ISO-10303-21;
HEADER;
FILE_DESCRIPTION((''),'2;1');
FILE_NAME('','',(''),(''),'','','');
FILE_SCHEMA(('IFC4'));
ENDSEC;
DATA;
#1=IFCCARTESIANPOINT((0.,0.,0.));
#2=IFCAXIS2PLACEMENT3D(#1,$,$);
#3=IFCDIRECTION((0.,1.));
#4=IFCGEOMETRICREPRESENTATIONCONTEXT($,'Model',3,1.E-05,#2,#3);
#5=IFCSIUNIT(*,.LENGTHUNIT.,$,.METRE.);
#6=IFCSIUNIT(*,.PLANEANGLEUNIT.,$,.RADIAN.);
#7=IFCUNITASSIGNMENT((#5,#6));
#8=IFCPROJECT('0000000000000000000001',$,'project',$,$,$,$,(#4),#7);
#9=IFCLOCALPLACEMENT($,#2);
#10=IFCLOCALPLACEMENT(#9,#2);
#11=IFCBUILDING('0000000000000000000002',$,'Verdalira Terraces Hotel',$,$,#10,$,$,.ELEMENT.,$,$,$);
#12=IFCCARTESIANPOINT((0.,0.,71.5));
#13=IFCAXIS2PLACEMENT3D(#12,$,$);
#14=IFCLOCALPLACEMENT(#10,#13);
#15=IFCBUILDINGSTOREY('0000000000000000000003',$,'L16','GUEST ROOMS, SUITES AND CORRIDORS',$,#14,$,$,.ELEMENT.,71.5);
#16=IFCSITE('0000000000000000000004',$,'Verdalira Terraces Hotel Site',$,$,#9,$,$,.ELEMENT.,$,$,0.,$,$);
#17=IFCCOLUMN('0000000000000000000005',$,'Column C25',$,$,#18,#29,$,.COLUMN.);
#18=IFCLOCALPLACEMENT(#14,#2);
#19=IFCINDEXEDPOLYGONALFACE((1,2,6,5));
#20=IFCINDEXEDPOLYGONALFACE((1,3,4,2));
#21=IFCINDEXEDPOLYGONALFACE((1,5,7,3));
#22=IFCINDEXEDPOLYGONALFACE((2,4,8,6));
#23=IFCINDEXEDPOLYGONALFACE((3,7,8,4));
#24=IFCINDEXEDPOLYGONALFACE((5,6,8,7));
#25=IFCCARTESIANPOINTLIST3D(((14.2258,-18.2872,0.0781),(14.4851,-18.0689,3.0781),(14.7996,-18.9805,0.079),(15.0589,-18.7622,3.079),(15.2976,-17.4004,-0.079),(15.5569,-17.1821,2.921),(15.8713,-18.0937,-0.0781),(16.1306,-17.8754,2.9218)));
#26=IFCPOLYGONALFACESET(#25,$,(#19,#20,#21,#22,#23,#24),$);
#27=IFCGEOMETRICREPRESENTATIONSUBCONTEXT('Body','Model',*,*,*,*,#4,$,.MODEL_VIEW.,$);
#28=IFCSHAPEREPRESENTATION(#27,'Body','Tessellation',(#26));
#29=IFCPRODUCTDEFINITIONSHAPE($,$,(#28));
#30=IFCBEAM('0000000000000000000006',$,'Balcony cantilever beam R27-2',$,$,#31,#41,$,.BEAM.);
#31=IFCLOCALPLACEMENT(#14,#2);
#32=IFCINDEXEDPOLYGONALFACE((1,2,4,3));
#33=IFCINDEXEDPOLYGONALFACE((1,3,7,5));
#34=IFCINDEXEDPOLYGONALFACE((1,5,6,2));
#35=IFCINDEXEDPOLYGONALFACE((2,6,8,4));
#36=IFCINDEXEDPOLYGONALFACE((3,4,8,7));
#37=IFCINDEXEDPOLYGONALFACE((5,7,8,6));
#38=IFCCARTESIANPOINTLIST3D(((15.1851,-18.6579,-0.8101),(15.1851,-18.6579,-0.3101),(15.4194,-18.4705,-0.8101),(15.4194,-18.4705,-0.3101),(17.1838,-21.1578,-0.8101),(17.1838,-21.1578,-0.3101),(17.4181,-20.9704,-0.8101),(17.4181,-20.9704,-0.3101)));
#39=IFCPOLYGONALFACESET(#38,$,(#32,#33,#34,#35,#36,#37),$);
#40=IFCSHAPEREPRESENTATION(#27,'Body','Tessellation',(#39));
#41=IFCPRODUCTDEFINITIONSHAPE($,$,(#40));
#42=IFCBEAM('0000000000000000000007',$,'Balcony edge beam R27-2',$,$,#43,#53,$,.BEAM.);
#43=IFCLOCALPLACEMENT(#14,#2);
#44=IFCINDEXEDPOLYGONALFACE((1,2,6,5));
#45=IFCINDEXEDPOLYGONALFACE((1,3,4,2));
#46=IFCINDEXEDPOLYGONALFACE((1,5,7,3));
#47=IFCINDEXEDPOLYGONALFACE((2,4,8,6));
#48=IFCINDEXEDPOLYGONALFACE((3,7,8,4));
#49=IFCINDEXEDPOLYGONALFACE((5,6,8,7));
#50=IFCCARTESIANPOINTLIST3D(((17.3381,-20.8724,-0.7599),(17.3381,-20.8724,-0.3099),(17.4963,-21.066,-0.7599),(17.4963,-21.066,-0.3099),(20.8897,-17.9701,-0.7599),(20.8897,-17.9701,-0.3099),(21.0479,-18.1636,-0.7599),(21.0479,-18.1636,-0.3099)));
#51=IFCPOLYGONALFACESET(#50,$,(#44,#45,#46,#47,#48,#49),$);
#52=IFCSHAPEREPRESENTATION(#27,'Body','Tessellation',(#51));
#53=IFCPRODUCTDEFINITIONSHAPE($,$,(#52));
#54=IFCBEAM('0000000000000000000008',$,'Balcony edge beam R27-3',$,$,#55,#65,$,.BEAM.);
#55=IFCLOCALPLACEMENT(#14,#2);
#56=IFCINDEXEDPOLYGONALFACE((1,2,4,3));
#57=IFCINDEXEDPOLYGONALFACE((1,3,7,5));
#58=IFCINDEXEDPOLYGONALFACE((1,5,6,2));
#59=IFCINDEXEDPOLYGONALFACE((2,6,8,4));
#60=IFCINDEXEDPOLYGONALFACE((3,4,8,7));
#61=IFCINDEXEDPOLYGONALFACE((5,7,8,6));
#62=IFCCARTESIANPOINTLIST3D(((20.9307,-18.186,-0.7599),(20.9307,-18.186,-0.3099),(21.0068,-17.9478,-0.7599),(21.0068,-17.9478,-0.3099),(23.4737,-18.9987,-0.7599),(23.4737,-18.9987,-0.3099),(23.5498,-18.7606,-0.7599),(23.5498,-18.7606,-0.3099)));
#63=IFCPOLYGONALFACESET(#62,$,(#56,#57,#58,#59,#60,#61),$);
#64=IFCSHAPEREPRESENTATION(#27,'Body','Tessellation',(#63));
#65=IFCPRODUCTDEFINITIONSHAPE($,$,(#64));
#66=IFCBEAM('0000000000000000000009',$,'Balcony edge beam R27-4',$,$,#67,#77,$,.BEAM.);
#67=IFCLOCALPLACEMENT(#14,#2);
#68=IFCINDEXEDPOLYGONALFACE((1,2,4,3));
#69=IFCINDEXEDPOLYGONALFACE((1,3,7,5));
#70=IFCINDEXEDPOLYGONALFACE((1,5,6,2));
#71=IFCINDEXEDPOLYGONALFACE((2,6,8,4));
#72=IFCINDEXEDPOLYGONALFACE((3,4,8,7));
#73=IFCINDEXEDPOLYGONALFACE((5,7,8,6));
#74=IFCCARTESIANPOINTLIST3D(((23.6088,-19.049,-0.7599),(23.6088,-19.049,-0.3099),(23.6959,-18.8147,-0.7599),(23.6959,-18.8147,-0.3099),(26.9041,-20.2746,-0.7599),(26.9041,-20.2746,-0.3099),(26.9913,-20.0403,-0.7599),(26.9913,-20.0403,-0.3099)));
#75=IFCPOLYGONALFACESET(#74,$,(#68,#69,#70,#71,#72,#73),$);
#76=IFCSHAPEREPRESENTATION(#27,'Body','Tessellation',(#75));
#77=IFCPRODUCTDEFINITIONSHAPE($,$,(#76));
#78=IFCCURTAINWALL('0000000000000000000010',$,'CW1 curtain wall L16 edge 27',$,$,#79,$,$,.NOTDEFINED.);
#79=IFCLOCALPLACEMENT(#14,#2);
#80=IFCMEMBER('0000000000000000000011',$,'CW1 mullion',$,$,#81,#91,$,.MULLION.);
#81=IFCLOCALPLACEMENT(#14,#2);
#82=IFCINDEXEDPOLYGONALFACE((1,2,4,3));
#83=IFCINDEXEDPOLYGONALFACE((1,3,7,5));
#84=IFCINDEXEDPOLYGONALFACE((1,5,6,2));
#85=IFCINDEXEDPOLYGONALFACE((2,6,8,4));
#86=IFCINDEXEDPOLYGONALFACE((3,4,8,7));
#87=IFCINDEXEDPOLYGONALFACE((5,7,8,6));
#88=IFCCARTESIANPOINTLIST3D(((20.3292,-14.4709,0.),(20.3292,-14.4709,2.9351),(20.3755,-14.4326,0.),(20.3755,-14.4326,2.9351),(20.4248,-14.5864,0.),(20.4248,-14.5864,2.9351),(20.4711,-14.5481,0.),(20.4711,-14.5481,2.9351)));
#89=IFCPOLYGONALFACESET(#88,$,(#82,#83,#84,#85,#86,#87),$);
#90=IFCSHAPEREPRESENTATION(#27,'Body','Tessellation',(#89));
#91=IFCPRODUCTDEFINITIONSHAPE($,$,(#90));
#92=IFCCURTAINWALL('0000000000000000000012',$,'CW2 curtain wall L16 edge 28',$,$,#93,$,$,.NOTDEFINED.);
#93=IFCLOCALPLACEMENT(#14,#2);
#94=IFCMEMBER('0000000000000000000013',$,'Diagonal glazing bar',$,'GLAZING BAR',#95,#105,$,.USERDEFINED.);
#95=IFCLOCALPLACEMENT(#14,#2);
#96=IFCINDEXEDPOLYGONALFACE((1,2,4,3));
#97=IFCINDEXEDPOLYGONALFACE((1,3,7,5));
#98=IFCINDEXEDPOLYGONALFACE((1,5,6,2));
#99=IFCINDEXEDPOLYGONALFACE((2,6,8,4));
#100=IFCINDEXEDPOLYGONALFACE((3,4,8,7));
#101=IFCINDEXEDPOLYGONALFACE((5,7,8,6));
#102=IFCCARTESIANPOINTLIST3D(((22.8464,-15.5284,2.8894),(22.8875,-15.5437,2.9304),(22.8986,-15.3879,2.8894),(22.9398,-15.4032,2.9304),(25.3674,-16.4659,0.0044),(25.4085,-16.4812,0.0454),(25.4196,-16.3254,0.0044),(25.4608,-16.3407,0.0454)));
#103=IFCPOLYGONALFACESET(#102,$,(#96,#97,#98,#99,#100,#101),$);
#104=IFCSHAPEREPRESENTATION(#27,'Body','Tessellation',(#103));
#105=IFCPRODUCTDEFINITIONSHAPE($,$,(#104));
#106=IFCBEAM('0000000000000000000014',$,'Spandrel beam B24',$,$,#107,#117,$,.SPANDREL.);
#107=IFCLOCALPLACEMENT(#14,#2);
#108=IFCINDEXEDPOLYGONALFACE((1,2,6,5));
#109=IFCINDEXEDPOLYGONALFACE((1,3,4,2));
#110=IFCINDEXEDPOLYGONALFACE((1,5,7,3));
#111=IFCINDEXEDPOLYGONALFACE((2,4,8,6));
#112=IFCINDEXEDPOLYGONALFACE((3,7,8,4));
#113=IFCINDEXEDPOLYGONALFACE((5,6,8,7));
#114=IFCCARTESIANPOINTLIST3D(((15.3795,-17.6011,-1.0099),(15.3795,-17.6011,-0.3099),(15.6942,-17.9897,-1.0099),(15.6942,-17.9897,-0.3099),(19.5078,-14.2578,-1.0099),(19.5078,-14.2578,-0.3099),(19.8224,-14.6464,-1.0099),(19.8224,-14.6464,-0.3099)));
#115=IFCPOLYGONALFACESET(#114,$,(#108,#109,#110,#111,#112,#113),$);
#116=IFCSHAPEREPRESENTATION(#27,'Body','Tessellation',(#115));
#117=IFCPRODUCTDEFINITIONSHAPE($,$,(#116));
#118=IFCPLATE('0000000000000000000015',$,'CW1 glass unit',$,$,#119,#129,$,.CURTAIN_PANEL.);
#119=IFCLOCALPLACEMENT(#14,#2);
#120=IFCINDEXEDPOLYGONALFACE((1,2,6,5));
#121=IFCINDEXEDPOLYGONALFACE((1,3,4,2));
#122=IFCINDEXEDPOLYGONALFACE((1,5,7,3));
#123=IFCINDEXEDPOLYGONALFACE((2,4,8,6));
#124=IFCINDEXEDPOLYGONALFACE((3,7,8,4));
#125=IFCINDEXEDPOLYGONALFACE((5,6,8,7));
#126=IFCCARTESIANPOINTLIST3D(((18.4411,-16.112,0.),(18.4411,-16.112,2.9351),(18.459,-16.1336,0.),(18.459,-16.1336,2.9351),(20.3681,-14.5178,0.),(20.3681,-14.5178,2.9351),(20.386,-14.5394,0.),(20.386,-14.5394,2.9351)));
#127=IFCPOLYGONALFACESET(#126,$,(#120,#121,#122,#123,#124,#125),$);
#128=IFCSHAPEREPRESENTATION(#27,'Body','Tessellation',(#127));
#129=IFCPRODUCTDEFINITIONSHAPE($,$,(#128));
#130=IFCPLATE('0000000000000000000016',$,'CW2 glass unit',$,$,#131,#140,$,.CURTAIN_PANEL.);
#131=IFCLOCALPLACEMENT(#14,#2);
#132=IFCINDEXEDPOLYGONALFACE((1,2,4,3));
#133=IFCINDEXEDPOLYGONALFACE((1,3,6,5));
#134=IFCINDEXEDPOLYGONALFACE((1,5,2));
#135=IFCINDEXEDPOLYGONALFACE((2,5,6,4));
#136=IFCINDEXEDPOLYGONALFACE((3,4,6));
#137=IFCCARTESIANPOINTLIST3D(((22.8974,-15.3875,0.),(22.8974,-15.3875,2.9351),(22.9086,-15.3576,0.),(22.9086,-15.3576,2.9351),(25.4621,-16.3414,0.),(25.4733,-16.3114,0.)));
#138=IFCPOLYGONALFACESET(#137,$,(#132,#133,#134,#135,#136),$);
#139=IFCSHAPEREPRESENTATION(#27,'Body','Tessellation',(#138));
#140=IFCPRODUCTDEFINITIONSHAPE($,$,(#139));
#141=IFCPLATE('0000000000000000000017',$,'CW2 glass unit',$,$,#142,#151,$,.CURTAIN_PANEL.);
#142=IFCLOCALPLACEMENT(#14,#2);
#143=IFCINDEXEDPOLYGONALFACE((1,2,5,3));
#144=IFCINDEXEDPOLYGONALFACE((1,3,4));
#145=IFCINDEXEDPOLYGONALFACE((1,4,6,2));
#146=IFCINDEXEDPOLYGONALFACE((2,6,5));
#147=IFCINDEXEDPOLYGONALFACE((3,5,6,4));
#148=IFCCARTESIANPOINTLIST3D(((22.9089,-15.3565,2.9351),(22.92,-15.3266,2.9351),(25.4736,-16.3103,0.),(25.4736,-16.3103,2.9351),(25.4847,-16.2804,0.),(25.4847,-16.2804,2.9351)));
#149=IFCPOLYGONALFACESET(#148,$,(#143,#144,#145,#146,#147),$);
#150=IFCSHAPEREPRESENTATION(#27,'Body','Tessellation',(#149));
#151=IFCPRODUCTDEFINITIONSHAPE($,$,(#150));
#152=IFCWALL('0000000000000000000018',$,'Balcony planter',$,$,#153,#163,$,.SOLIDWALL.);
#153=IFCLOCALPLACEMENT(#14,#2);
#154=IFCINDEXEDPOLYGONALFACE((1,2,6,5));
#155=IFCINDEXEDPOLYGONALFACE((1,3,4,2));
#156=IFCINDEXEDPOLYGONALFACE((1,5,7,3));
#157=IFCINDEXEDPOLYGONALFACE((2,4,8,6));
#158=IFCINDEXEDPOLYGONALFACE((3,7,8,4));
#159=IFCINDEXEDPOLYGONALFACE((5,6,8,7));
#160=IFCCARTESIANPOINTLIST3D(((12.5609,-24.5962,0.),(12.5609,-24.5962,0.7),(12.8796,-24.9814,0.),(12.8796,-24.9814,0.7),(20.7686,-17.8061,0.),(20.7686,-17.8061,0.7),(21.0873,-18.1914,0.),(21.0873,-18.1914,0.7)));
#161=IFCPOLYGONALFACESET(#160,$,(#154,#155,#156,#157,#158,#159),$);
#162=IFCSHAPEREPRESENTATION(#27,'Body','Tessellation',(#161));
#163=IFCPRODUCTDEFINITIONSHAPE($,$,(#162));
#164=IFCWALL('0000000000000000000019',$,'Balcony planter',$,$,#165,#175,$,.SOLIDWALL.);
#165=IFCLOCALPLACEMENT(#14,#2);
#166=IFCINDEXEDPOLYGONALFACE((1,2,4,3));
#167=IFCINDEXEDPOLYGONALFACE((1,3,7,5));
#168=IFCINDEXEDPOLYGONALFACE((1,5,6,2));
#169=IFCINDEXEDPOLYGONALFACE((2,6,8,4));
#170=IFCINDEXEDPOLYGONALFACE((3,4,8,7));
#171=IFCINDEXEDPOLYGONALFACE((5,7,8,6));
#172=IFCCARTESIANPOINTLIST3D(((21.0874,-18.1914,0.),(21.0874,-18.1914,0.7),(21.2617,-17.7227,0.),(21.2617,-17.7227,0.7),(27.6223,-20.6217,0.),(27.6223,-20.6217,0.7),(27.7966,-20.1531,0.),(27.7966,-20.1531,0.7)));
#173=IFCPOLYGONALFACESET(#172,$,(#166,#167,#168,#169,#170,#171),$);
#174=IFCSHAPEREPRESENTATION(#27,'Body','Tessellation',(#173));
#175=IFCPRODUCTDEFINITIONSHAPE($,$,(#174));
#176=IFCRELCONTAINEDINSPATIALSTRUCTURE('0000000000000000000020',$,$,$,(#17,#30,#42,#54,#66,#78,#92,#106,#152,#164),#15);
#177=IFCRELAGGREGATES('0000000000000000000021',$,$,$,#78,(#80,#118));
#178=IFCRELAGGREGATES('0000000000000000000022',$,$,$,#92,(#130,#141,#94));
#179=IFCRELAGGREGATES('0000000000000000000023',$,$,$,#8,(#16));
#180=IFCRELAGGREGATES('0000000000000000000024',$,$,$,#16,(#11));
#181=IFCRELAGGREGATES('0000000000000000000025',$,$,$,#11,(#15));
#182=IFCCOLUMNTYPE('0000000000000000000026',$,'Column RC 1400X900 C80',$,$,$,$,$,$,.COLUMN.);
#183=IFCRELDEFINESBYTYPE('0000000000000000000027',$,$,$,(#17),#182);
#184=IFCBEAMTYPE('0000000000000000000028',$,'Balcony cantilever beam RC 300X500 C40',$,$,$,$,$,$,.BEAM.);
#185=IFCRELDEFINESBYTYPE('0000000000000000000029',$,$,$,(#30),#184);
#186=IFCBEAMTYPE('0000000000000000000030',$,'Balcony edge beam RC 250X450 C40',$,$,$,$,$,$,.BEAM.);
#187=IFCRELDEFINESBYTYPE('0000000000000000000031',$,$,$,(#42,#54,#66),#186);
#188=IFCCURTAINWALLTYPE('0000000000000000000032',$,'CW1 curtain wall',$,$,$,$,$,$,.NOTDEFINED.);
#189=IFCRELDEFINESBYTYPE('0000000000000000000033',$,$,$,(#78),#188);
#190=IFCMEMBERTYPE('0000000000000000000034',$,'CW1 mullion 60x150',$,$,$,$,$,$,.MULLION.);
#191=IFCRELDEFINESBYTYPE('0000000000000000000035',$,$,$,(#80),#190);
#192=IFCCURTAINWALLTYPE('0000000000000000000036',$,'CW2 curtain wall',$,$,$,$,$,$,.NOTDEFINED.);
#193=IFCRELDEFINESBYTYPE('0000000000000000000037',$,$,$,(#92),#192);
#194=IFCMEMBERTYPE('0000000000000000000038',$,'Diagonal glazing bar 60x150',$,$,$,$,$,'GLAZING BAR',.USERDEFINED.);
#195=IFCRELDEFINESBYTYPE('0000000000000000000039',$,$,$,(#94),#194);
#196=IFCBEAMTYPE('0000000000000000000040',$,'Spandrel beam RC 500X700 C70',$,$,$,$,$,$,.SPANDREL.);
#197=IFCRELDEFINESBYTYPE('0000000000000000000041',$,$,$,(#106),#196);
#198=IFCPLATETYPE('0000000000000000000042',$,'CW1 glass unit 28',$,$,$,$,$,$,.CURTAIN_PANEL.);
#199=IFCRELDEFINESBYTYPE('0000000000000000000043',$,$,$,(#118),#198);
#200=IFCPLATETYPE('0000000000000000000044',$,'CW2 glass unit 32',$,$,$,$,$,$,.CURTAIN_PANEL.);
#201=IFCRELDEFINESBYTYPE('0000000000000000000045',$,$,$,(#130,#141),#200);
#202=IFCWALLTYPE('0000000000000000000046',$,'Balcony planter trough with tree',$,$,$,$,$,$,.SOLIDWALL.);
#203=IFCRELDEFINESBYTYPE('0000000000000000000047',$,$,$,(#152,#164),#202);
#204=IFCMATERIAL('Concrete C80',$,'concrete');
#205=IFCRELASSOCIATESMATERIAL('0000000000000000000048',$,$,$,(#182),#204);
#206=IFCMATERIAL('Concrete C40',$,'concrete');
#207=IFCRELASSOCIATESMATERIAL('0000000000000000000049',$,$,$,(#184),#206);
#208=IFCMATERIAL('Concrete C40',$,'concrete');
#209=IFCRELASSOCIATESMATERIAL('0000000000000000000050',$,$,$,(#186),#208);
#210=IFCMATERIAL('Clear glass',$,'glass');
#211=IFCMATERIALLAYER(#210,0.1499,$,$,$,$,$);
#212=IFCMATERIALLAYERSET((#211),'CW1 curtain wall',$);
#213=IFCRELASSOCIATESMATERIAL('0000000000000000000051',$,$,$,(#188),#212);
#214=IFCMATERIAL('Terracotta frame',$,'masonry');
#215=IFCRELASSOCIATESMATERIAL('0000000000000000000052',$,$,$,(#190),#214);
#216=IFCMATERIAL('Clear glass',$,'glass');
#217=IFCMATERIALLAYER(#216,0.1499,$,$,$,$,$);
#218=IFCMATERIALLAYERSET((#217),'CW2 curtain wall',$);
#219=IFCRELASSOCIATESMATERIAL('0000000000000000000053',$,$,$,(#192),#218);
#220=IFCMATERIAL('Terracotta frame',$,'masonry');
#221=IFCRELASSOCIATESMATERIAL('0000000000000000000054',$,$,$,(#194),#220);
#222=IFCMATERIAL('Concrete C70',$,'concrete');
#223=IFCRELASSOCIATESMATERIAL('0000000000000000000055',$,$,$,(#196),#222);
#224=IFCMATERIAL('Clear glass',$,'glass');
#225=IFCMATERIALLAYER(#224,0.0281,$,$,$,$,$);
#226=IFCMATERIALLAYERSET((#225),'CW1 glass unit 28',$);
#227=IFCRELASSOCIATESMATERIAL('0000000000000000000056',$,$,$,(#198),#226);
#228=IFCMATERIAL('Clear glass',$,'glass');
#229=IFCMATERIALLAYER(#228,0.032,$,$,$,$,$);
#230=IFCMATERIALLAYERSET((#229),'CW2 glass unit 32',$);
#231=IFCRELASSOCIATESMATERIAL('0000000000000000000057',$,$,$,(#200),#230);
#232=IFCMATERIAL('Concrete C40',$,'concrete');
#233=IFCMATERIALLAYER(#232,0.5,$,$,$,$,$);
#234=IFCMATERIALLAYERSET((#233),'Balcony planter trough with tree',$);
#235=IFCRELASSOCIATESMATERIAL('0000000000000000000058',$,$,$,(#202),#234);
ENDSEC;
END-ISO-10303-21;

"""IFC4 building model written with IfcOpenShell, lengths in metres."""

from ifc_helpers import new_model, si_unit, direction, frame, frame_2d, origin, origin_2d, place, context, subcontext, project, spatial, polyline, rectangle, outline, extrude, material, layer, layer_set, material_profile, profile_set, type_object, element, aggregate, save


model = new_model("IFC4")

# Units and contexts
model_context = context("Model", 3, precision=1e-05, world=origin(), true_north=direction((0.0, 1.0)))
body_context = subcontext(model_context, "Body", "Model", "MODEL_VIEW")
ifc_project = project(units=[si_unit("LENGTHUNIT", "METRE"), si_unit("PLANEANGLEUNIT", "RADIAN")], contexts=[model_context])

# Site, building, storey
site_placement = place(None, origin())
site = spatial("IfcSite", under=ifc_project, at=site_placement, Name="Verdalira Terraces Hotel Site", CompositionType="ELEMENT", RefElevation=0.0)
building_placement = place(site_placement, origin())
building = spatial("IfcBuilding", under=site, at=building_placement, Name="Verdalira Terraces Hotel", CompositionType="ELEMENT")
storey_placement = place(building_placement, frame((0.0, 0.0, 71.5)))
storey = spatial("IfcBuildingStorey", under=building, at=storey_placement, Name="L16", Description="GUEST ROOMS, SUITES AND CORRIDORS", CompositionType="ELEMENT", Elevation=71.5)

# Column
ifc_material_1 = material(Name="Concrete C80", Category="concrete")
ifc_material_profile_1 = material_profile(ifc_material_1, rectangle(XDim=1.3999, YDim=0.8999, at=origin_2d()), Name="RC 1400X900")
ifc_profile_set_1 = profile_set([ifc_material_profile_1], Name="Concrete C80")
column_type = type_object("IfcColumnType", Name="Column RC 1400X900 C80", PredefinedType="COLUMN", material=ifc_profile_set_1)
column_placement = place(storey_placement, frame((15.0486, -18.1904, 0.0), z_axis=(0.085879, 0.072294, 0.993679), x_axis=(0.765591, 0.633459, -0.112253)))
element("IfcColumn", 1, at=column_placement, inside=storey, type_object=column_type, Name="Column C25", PredefinedType="COLUMN", context=body_context, shape_type="SweptSolid", body=[
    extrude(rectangle(XDim=1.3999, YDim=0.8999, at=origin_2d()), origin(), (0.0, 0.0, 1.0), 3.019),
])

# Beams
ifc_material_2 = material(Name="Concrete C40", Category="concrete")
ifc_material_profile_2 = material_profile(ifc_material_2, rectangle(XDim=0.3, YDim=0.5, at=origin_2d()), Name="RC 300X500")
ifc_profile_set_2 = profile_set([ifc_material_profile_2], Name="Concrete C40")
beam_type_1 = type_object("IfcBeamType", Name="Balcony cantilever beam RC 300X500 C40", PredefinedType="BEAM", material=ifc_profile_set_2)
beam_1_placement = place(storey_placement, frame((15.3022, -18.5642, -0.5601), z_axis=(0.624462, -0.781055, 0.0), x_axis=(0.781055, 0.624462, 0.0)))
element("IfcBeam", 2, at=beam_1_placement, inside=storey, type_object=beam_type_1, Name="Balcony cantilever beam R27-2", PredefinedType="BEAM", context=body_context, shape_type="SweptSolid", body=[
    extrude(rectangle(XDim=0.3, YDim=0.5, at=origin_2d()), origin(), (0.0, 0.0, 1.0), 3.2007),
])
ifc_material_3 = material(Name="Concrete C40", Category="concrete")
ifc_material_profile_3 = material_profile(ifc_material_3, rectangle(XDim=0.25, YDim=0.45, at=origin_2d()), Name="RC 250X450")
ifc_profile_set_3 = profile_set([ifc_material_profile_3], Name="Concrete C40")
beam_type_2 = type_object("IfcBeamType", Name="Balcony edge beam RC 250X450 C40", PredefinedType="BEAM", material=ifc_profile_set_3)
beam_2_placement = place(storey_placement, frame((17.4172, -20.9692, -0.5349), z_axis=(0.774325, 0.632788, 0.0), x_axis=(-0.632788, 0.774325, 0.0)))
element("IfcBeam", 3, at=beam_2_placement, inside=storey, type_object=beam_type_2, Name="Balcony edge beam R27-2", PredefinedType="BEAM", context=body_context, shape_type="SweptSolid", body=[
    extrude(rectangle(XDim=0.25, YDim=0.45, at=origin_2d()), origin(), (0.0, 0.0, 1.0), 4.5867),
])
beam_3_placement = place(storey_placement, frame((20.9688, -18.0669, -0.5349), z_axis=(0.952533, -0.304434, 0.0), x_axis=(0.304434, 0.952533, 0.0)))
element("IfcBeam", 4, at=beam_3_placement, inside=storey, type_object=beam_type_2, Name="Balcony edge beam R27-3", PredefinedType="BEAM", context=body_context, shape_type="SweptSolid", body=[
    extrude(rectangle(XDim=0.25, YDim=0.45, at=origin_2d()), origin(), (0.0, 0.0, 1.0), 2.6697),
])
beam_4_placement = place(storey_placement, frame((23.6523, -18.9319, -0.5349), z_axis=(0.937279, -0.348581, 0.0), x_axis=(0.348581, 0.937279, 0.0)))
element("IfcBeam", 5, at=beam_4_placement, inside=storey, type_object=beam_type_2, Name="Balcony edge beam R27-4", PredefinedType="BEAM", context=body_context, shape_type="SweptSolid", body=[
    extrude(rectangle(XDim=0.25, YDim=0.45, at=origin_2d()), origin(), (0.0, 0.0, 1.0), 3.5159),
])

# Curtain walls, members
ifc_material_4 = material(Name="Clear glass", Category="glass")
ifc_layer_1 = layer(ifc_material_4, 0.1499)
ifc_layer_set_1 = layer_set([ifc_layer_1], Name="CW1 curtain wall")
curtain_wall_type_1 = type_object("IfcCurtainWallType", Name="CW1 curtain wall", PredefinedType="NOTDEFINED", material=ifc_layer_set_1)
curtain_wall_1_placement = place(storey_placement, origin())
curtain_wall_1 = element("IfcCurtainWall", 6, at=curtain_wall_1_placement, inside=storey, type_object=curtain_wall_type_1, Name="CW1 curtain wall L16 edge 27", PredefinedType="NOTDEFINED")
ifc_material_5 = material(Name="Terracotta frame", Category="masonry")
ifc_material_profile_4 = material_profile(ifc_material_5, rectangle(XDim=0.0601, YDim=0.1499, at=origin_2d()), Name="MU 60x150")
ifc_profile_set_4 = profile_set([ifc_material_profile_4], Name="Terracotta frame")
member_type_1 = type_object("IfcMemberType", Name="CW1 mullion 60x150", PredefinedType="MULLION", material=ifc_profile_set_4)
member_1_placement = place(storey_placement, frame((20.4001, -14.5095, 0.0), z_axis=(0.0, 0.0, 1.0), x_axis=(0.770513, 0.637424, 0.0)))
member_1 = element("IfcMember", 7, at=member_1_placement, type_object=member_type_1, Name="CW1 mullion", PredefinedType="MULLION", context=body_context, shape_type="SweptSolid", body=[
    extrude(rectangle(XDim=0.0601, YDim=0.1499, at=origin_2d()), origin(), (0.0, 0.0, 1.0), 2.9351),
])
ifc_material_6 = material(Name="Clear glass", Category="glass")
ifc_layer_2 = layer(ifc_material_6, 0.1499)
ifc_layer_set_2 = layer_set([ifc_layer_2], Name="CW2 curtain wall")
curtain_wall_type_2 = type_object("IfcCurtainWallType", Name="CW2 curtain wall", PredefinedType="NOTDEFINED", material=ifc_layer_set_2)
curtain_wall_2_placement = place(storey_placement, origin())
curtain_wall_2 = element("IfcCurtainWall", 8, at=curtain_wall_2_placement, inside=storey, type_object=curtain_wall_type_2, Name="CW2 curtain wall L16 edge 28", PredefinedType="NOTDEFINED")
ifc_material_7 = material(Name="Terracotta frame", Category="masonry")
ifc_material_profile_5 = material_profile(ifc_material_7, rectangle(XDim=0.1499, YDim=0.0601, at=origin_2d()), Name="GB 60x150")
ifc_profile_set_5 = profile_set([ifc_material_profile_5], Name="Terracotta frame")
member_type_2 = type_object("IfcMemberType", Name="Diagonal glazing bar 60x150", ElementType="GLAZING BAR", PredefinedType="USERDEFINED", material=ifc_profile_set_5)
member_2_placement = place(storey_placement, frame((22.8931, -15.4658, 2.9099), z_axis=(0.639147, -0.237684, -0.731435), x_axis=(0.348556, 0.937288, 0.0)))
member_2 = element("IfcMember", 9, at=member_2_placement, type_object=member_type_2, Name="Diagonal glazing bar", ObjectType="GLAZING BAR", PredefinedType="USERDEFINED", context=body_context, shape_type="SweptSolid", body=[
    extrude(rectangle(XDim=0.1499, YDim=0.0601, at=origin_2d()), origin(), (0.0, 0.0, 1.0), 3.9443),
])

# Beam
ifc_material_8 = material(Name="Concrete C70", Category="concrete")
ifc_material_profile_6 = material_profile(ifc_material_8, rectangle(XDim=0.5, YDim=0.7, at=origin_2d()), Name="RC 500X700")
ifc_profile_set_6 = profile_set([ifc_material_profile_6], Name="Concrete C70")
beam_type_3 = type_object("IfcBeamType", Name="Spandrel beam RC 500X700 C70", PredefinedType="SPANDREL", material=ifc_profile_set_6)
beam_5_placement = place(storey_placement, frame((15.5369, -17.7954, -0.6599), z_axis=(0.777115, 0.629358, 0.0), x_axis=(-0.629358, 0.777115, 0.0)))
element("IfcBeam", 10, at=beam_5_placement, inside=storey, type_object=beam_type_3, Name="Spandrel beam B24", PredefinedType="SPANDREL", context=body_context, shape_type="SweptSolid", body=[
    extrude(rectangle(XDim=0.5, YDim=0.7, at=origin_2d()), origin(), (0.0, 0.0, 1.0), 5.3123),
])

# Plates
ifc_material_9 = material(Name="Clear glass", Category="glass")
ifc_layer_3 = layer(ifc_material_9, 0.0281)
ifc_layer_set_3 = layer_set([ifc_layer_3], Name="CW1 glass unit 28")
plate_type_1 = type_object("IfcPlateType", Name="CW1 glass unit 28", PredefinedType="CURTAIN_PANEL", material=ifc_layer_set_3)
plate_1_placement = place(storey_placement, frame((19.4136, -15.3257, 0.0), z_axis=(0.0, 0.0, 1.0), x_axis=(0.770513, 0.637424, 0.0)))
plate_1 = element("IfcPlate", 11, at=plate_1_placement, type_object=plate_type_1, Name="CW1 glass unit", PredefinedType="CURTAIN_PANEL", context=body_context, shape_type="SweptSolid", body=[
    extrude(rectangle(XDim=2.501, YDim=0.0281, at=origin_2d()), origin(), (0.0, 0.0, 1.0), 2.9351),
])
aggregate(curtain_wall_1, [member_1, plate_1])
ifc_material_10 = material(Name="Clear glass", Category="glass")
ifc_layer_4 = layer(ifc_material_10, 0.032)
ifc_layer_set_4 = layer_set([ifc_layer_4], Name="CW2 glass unit 32")
plate_type_2 = type_object("IfcPlateType", Name="CW2 glass unit 32", PredefinedType="CURTAIN_PANEL", material=ifc_layer_set_4)
plate_2_placement = place(storey_placement, frame((24.1909, -15.8345, 1.4675), z_axis=(-0.348572, -0.937282, 0.0), x_axis=(0.937282, -0.348572, 0.0)))
plate_2 = element("IfcPlate", 12, at=plate_2_placement, type_object=plate_type_2, Name="CW2 glass unit", PredefinedType="CURTAIN_PANEL", context=body_context, shape_type="SweptSolid", body=[
    extrude(outline(polyline([(-1.3682, -1.4675), (1.3682, -1.4675), (-1.3682, 1.4675), (-1.3682, -1.4675)])), origin(), (0.0, 0.0, 1.0), 0.032),
])
plate_3_placement = place(storey_placement, frame((24.2024, -15.8035, 1.4675), z_axis=(-0.348572, -0.937282, 0.0), x_axis=(0.937282, -0.348572, 0.0)))
plate_3 = element("IfcPlate", 13, at=plate_3_placement, type_object=plate_type_2, Name="CW2 glass unit", PredefinedType="CURTAIN_PANEL", context=body_context, shape_type="SweptSolid", body=[
    extrude(outline(polyline([(1.3682, -1.4675), (1.3682, 1.4675), (-1.3682, 1.4675), (1.3682, -1.4675)])), origin(), (0.0, 0.0, 1.0), 0.032),
])
aggregate(curtain_wall_2, [plate_2, plate_3, member_2])

# Walls
ifc_material_11 = material(Name="Concrete C40", Category="concrete")
ifc_layer_5 = layer(ifc_material_11, 0.5)
ifc_layer_set_5 = layer_set([ifc_layer_5], Name="Balcony planter trough with tree")
wall_type_1 = type_object("IfcWallType", Name="Balcony planter trough with tree", PredefinedType="SOLIDWALL", material=ifc_layer_set_5)
wall_1_placement = place(storey_placement, frame((12.7202, -24.7888, 0.0), z_axis=(0.0, 0.0, 1.0), x_axis=(0.770514, 0.637423, 0.0)))
element("IfcWall", 14, at=wall_1_placement, inside=storey, type_object=wall_type_1, Name="Balcony planter", PredefinedType="SOLIDWALL", context=body_context, shape_type="SweptSolid", body=[
    extrude(rectangle(XDim=10.6523, YDim=0.5, at=frame_2d((5.3262, 0.0))), origin(), (0.0, 0.0, 1.0), 0.7),
])
wall_2_placement = place(storey_placement, frame((21.1746, -17.957, 0.0), z_axis=(0.0, 0.0, 1.0), x_axis=(0.937277, -0.348586, 0.0)))
element("IfcWall", 15, at=wall_2_placement, inside=storey, type_object=wall_type_1, Name="Balcony planter", PredefinedType="SOLIDWALL", context=body_context, shape_type="SweptSolid", body=[
    extrude(rectangle(XDim=6.9722, YDim=0.5, at=frame_2d((3.4861, 0.0))), origin(), (0.0, 0.0, 1.0), 0.7),
])

save(model, "model.ifc")
